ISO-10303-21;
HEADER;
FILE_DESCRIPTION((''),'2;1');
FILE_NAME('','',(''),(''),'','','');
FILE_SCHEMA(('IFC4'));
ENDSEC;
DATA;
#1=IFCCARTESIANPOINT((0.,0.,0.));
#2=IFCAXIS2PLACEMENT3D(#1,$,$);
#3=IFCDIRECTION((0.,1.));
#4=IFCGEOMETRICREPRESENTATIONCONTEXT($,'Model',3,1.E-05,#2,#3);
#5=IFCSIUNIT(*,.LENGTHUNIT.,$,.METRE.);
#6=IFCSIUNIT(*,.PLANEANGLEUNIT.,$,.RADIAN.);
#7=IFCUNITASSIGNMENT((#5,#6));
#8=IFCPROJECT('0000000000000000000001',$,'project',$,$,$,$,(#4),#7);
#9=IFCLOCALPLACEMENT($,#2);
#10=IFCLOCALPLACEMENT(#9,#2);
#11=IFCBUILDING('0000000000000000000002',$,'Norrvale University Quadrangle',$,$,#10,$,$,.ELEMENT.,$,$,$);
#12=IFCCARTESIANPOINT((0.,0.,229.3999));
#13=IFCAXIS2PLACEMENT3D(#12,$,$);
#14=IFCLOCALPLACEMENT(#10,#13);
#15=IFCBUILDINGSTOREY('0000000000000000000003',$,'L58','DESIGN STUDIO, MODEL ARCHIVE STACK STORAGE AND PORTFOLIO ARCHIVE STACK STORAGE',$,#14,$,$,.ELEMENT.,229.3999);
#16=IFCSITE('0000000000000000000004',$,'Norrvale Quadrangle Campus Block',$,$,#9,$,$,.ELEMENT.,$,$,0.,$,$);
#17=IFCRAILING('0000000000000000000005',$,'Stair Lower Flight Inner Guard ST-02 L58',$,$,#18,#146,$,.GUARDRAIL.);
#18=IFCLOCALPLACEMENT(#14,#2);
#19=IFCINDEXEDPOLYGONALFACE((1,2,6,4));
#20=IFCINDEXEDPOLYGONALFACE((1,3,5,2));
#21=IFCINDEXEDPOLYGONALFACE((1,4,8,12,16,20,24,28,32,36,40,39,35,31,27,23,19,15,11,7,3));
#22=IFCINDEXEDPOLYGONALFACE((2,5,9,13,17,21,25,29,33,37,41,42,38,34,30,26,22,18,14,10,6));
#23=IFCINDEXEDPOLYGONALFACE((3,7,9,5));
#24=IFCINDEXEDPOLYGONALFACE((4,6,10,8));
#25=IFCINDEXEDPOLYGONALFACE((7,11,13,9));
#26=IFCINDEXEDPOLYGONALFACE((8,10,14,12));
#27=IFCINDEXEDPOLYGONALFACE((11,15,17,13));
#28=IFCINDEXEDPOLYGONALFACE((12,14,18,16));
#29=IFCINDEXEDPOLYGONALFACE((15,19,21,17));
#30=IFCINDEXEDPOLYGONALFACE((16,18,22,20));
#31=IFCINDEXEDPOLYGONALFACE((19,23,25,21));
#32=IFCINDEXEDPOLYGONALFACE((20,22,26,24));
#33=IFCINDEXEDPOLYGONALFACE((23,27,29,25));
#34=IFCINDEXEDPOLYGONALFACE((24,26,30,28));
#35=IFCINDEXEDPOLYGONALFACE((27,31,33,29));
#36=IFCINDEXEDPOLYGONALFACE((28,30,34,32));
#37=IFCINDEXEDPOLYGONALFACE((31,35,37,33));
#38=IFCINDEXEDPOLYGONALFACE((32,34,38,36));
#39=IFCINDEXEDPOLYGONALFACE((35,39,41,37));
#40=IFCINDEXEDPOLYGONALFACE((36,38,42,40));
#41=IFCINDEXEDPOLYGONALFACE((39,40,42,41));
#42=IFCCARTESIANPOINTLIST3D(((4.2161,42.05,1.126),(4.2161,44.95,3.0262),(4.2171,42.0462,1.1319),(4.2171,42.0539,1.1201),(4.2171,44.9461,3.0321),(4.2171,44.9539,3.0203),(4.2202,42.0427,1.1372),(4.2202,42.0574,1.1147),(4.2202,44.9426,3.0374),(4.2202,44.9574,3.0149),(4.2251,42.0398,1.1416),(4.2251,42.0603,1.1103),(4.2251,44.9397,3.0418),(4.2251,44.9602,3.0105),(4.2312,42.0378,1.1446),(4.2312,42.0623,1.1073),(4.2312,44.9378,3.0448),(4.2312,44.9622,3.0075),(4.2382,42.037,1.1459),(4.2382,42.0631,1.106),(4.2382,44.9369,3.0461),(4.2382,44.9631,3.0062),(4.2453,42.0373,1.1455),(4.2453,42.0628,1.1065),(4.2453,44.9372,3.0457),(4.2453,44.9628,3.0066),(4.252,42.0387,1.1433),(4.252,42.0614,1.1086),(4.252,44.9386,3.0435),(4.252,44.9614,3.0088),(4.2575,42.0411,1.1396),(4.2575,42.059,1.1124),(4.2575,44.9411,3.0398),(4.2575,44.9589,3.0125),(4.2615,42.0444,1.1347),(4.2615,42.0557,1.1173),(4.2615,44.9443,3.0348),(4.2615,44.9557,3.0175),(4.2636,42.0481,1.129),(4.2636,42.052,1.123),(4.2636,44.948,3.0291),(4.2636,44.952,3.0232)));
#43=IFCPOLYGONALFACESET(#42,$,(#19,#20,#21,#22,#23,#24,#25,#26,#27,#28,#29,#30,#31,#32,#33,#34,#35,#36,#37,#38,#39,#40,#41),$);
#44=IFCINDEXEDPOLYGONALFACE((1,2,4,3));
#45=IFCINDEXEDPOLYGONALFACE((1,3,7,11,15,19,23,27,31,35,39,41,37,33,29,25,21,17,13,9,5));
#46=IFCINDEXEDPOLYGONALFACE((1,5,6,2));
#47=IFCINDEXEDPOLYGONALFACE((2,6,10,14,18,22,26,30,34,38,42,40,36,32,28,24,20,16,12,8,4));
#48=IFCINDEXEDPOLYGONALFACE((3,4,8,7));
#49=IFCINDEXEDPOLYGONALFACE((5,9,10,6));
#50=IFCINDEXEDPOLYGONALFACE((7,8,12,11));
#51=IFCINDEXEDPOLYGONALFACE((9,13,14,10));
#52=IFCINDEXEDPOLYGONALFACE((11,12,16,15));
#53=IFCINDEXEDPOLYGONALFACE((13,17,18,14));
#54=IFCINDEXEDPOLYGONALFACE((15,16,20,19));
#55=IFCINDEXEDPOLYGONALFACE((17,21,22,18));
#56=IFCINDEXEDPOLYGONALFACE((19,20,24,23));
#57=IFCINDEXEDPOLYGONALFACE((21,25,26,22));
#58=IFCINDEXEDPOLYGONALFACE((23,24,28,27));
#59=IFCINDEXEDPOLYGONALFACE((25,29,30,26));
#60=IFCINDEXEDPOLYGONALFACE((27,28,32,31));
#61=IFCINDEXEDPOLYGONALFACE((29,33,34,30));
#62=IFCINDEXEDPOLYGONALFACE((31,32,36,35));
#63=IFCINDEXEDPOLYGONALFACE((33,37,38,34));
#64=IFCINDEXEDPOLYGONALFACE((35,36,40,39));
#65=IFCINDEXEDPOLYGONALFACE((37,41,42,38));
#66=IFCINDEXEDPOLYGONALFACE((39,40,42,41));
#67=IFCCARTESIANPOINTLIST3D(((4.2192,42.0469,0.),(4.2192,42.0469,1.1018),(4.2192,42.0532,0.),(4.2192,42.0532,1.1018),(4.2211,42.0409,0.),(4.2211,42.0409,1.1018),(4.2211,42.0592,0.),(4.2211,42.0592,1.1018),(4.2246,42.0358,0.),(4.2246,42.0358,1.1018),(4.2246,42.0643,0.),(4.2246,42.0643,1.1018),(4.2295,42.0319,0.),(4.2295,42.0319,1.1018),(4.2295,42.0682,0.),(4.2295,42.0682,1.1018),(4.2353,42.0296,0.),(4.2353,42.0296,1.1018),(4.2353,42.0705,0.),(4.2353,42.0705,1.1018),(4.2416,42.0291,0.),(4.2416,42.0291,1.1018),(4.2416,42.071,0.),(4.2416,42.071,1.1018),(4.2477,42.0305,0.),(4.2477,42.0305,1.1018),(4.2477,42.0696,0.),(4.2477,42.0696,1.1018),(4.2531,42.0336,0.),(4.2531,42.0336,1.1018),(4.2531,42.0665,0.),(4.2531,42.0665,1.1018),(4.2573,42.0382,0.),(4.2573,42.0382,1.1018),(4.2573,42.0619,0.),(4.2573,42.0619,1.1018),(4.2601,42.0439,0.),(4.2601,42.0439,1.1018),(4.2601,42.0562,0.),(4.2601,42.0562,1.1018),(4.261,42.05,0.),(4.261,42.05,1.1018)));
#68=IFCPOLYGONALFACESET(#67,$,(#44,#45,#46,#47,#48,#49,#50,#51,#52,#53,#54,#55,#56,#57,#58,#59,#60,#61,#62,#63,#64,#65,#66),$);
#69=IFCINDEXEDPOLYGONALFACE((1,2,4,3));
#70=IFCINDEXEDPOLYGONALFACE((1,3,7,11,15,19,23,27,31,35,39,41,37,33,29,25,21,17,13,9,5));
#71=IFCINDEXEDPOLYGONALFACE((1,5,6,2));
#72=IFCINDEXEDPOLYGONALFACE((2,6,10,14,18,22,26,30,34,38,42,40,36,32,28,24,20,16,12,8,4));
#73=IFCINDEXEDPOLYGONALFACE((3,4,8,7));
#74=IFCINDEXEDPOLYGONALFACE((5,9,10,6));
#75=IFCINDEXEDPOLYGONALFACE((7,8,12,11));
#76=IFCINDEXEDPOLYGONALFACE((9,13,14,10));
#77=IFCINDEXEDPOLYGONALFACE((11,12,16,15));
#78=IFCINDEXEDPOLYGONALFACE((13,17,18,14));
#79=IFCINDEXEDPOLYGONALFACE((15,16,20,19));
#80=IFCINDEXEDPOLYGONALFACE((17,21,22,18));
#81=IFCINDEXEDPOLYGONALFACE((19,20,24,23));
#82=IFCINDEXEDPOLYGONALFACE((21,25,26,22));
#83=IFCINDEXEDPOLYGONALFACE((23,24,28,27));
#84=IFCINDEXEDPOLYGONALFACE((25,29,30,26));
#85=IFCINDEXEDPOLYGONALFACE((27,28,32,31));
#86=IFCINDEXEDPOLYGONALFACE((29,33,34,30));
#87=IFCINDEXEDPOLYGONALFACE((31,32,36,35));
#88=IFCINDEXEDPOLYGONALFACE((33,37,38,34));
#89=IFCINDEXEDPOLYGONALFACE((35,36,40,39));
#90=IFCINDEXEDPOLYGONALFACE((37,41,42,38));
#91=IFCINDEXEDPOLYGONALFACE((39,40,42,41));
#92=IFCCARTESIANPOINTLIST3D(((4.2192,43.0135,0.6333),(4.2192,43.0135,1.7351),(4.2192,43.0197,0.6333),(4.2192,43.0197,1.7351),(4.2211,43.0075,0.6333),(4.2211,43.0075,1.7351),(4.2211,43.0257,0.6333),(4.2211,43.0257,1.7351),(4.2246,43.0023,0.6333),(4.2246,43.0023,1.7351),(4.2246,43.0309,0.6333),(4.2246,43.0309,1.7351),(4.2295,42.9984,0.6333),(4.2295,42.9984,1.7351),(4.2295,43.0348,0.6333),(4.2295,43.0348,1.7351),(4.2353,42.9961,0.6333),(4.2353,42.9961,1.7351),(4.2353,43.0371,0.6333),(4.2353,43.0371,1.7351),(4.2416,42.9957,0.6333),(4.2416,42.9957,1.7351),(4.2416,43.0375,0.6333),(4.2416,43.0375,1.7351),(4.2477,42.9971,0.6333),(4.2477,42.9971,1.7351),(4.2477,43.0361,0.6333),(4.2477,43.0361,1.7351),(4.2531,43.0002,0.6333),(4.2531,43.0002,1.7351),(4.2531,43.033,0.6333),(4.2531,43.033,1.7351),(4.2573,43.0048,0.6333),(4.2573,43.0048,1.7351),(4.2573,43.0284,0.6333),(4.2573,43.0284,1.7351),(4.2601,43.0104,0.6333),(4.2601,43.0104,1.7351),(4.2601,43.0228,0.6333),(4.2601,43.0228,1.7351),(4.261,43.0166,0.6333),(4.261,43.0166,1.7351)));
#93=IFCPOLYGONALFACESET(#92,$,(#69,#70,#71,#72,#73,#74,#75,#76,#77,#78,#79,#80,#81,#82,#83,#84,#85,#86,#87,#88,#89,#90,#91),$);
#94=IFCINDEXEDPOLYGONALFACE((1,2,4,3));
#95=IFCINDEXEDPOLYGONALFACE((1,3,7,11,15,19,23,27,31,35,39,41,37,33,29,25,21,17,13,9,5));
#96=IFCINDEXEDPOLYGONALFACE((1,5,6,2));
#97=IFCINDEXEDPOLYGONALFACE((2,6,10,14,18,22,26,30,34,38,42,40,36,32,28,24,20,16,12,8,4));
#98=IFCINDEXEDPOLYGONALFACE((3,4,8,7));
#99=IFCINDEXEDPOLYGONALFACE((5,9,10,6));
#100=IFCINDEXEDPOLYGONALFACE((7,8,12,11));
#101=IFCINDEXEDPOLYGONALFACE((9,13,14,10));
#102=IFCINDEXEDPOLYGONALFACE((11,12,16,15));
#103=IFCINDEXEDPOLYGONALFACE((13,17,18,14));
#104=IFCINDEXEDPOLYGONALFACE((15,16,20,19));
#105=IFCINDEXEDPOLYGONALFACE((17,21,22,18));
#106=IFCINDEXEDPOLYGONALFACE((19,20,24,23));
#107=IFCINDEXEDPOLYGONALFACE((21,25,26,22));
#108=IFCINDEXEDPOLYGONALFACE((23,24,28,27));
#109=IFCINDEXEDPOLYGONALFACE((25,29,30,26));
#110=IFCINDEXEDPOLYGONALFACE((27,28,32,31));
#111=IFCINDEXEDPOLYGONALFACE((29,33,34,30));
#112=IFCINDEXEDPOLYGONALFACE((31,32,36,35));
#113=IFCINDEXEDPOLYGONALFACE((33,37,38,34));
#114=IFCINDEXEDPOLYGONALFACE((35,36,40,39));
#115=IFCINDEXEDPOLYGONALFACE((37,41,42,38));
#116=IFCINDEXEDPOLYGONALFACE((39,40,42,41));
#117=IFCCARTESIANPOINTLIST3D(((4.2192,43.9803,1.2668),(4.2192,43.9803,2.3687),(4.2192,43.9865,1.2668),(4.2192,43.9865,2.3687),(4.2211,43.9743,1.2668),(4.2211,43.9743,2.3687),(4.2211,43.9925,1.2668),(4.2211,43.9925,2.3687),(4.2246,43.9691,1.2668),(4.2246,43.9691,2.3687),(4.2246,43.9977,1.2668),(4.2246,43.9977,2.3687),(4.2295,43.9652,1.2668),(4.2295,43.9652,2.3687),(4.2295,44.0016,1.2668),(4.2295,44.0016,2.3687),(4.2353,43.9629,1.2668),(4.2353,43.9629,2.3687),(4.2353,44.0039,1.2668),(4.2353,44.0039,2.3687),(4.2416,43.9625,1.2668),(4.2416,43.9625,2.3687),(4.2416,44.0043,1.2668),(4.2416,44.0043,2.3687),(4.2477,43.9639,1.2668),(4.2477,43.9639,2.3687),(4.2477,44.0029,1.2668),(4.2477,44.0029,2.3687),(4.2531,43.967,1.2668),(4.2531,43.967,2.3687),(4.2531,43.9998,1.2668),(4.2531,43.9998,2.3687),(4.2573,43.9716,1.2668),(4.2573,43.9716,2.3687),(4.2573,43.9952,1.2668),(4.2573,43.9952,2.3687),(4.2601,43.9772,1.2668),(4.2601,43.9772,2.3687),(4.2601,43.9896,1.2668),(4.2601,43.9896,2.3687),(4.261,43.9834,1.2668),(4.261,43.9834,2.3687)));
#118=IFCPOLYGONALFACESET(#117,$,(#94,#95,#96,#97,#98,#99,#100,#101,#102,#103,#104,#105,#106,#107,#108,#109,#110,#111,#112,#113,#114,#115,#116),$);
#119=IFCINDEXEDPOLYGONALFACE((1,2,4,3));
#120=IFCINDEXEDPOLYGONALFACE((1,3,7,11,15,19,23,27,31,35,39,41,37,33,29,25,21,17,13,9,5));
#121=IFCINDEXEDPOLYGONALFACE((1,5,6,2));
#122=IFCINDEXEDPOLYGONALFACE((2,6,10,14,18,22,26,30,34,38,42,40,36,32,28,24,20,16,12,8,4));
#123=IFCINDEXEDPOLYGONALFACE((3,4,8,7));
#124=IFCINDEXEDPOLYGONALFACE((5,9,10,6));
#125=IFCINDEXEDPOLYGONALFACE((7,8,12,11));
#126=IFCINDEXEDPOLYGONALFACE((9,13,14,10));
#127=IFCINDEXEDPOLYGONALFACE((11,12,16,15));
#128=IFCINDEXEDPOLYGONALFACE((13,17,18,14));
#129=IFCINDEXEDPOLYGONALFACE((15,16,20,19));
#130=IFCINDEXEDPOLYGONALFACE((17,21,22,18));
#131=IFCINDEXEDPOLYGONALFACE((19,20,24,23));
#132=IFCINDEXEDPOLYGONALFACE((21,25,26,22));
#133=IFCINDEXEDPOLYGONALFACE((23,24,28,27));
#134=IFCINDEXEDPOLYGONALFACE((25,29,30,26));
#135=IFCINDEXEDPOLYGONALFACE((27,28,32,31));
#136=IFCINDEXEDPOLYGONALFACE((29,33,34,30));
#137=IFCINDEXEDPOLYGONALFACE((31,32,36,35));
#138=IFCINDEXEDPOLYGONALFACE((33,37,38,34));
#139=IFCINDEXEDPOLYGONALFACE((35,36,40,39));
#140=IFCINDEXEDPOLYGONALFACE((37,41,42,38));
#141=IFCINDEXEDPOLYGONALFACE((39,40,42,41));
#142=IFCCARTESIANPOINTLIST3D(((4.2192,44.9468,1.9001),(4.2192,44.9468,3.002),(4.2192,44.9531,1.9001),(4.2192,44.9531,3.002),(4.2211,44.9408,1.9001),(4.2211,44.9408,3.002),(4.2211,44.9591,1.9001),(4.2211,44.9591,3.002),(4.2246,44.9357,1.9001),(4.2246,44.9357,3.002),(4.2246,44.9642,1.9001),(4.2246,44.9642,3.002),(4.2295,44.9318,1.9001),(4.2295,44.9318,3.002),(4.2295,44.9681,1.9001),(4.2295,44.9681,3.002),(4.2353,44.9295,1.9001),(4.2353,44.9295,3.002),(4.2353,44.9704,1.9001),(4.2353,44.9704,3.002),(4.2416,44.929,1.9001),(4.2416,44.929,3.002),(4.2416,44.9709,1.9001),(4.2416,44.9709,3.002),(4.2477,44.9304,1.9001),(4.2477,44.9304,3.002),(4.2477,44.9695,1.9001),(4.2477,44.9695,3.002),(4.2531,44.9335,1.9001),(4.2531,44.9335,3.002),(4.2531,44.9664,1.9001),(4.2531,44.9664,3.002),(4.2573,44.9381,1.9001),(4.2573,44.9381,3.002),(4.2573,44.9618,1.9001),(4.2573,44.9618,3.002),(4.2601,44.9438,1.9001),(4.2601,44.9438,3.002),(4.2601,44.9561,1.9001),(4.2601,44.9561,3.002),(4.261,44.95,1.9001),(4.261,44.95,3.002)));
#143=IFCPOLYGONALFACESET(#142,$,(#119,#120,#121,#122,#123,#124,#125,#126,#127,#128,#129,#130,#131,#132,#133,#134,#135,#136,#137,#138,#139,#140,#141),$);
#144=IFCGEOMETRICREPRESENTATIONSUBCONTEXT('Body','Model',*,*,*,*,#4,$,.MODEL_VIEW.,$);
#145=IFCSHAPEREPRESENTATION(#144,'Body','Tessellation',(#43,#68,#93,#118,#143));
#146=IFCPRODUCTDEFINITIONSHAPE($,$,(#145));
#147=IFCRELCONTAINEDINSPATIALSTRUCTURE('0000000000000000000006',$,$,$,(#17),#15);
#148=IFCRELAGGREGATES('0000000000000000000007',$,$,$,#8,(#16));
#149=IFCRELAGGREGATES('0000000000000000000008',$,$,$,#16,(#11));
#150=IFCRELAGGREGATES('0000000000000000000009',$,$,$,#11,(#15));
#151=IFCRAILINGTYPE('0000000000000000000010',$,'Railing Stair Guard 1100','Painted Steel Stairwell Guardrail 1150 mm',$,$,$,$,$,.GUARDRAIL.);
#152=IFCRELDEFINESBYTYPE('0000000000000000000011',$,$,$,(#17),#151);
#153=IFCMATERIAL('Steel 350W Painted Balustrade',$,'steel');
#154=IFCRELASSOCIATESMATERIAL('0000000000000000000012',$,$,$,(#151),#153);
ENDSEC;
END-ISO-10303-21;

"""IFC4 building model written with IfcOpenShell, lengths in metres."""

from ifc_helpers import new_model, si_unit, direction, frame, origin, origin_2d, place, context, subcontext, project, spatial, circle, extrude, material, type_object, element, save


model = new_model("IFC4")

# Units and contexts
model_context = context("Model", 3, precision=1e-05, world=origin(), true_north=direction((0.0, 1.0)))
body_context = subcontext(model_context, "Body", "Model", "MODEL_VIEW")
ifc_project = project(units=[si_unit("LENGTHUNIT", "METRE"), si_unit("PLANEANGLEUNIT", "RADIAN")], contexts=[model_context])

# Site, building, storey
site_placement = place(None, origin())
site = spatial("IfcSite", under=ifc_project, at=site_placement, Name="Norrvale Quadrangle Campus Block", CompositionType="ELEMENT", RefElevation=0.0)
building_placement = place(site_placement, origin())
building = spatial("IfcBuilding", under=site, at=building_placement, Name="Norrvale University Quadrangle", CompositionType="ELEMENT")
storey_placement = place(building_placement, frame((0.0, 0.0, 229.3999)))
storey = spatial("IfcBuildingStorey", under=building, at=storey_placement, Name="L58", Description="DESIGN STUDIO, MODEL ARCHIVE STACK STORAGE AND PORTFOLIO ARCHIVE STACK STORAGE", CompositionType="ELEMENT", Elevation=229.3999)

# Railing
ifc_material_1 = material(Name="Steel 350W Painted Balustrade", Category="steel")
railing_type_1 = type_object("IfcRailingType", Name="Railing Stair Guard 1100", Description="Painted Steel Stairwell Guardrail 1150 mm", PredefinedType="GUARDRAIL", material=ifc_material_1)
railing_1_placement = place(storey_placement, frame((4.24, 42.05, 0.0)))
element("IfcRailing", 1, at=railing_1_placement, inside=storey, type_object=railing_type_1, Name="Stair Lower Flight Inner Guard ST-02 L58", PredefinedType="GUARDRAIL", context=body_context, shape_type="SweptSolid", body=[
    extrude(circle(Radius=0.0239, at=origin_2d()), frame((0.0, 0.0, 1.126), z_axis=(0.0, 0.836433, 0.548069), x_axis=(-1.0, 0.0, 0.0)), (0.0, 0.0, 1.0), 3.467),
    extrude(circle(Radius=0.021, at=origin_2d()), origin(), (0.0, 0.0, 1.0), 1.1018),
    extrude(circle(Radius=0.021, at=origin_2d()), frame((0.0, 0.9666, 0.6333)), (0.0, 0.0, 1.0), 1.1018),
    extrude(circle(Radius=0.021, at=origin_2d()), frame((0.0, 1.9333, 1.2668)), (0.0, 0.0, 1.0), 1.1018),
    extrude(circle(Radius=0.021, at=origin_2d()), frame((0.0, 2.8999, 1.9001)), (0.0, 0.0, 1.0), 1.1018),
])

save(model, "model.ifc")
